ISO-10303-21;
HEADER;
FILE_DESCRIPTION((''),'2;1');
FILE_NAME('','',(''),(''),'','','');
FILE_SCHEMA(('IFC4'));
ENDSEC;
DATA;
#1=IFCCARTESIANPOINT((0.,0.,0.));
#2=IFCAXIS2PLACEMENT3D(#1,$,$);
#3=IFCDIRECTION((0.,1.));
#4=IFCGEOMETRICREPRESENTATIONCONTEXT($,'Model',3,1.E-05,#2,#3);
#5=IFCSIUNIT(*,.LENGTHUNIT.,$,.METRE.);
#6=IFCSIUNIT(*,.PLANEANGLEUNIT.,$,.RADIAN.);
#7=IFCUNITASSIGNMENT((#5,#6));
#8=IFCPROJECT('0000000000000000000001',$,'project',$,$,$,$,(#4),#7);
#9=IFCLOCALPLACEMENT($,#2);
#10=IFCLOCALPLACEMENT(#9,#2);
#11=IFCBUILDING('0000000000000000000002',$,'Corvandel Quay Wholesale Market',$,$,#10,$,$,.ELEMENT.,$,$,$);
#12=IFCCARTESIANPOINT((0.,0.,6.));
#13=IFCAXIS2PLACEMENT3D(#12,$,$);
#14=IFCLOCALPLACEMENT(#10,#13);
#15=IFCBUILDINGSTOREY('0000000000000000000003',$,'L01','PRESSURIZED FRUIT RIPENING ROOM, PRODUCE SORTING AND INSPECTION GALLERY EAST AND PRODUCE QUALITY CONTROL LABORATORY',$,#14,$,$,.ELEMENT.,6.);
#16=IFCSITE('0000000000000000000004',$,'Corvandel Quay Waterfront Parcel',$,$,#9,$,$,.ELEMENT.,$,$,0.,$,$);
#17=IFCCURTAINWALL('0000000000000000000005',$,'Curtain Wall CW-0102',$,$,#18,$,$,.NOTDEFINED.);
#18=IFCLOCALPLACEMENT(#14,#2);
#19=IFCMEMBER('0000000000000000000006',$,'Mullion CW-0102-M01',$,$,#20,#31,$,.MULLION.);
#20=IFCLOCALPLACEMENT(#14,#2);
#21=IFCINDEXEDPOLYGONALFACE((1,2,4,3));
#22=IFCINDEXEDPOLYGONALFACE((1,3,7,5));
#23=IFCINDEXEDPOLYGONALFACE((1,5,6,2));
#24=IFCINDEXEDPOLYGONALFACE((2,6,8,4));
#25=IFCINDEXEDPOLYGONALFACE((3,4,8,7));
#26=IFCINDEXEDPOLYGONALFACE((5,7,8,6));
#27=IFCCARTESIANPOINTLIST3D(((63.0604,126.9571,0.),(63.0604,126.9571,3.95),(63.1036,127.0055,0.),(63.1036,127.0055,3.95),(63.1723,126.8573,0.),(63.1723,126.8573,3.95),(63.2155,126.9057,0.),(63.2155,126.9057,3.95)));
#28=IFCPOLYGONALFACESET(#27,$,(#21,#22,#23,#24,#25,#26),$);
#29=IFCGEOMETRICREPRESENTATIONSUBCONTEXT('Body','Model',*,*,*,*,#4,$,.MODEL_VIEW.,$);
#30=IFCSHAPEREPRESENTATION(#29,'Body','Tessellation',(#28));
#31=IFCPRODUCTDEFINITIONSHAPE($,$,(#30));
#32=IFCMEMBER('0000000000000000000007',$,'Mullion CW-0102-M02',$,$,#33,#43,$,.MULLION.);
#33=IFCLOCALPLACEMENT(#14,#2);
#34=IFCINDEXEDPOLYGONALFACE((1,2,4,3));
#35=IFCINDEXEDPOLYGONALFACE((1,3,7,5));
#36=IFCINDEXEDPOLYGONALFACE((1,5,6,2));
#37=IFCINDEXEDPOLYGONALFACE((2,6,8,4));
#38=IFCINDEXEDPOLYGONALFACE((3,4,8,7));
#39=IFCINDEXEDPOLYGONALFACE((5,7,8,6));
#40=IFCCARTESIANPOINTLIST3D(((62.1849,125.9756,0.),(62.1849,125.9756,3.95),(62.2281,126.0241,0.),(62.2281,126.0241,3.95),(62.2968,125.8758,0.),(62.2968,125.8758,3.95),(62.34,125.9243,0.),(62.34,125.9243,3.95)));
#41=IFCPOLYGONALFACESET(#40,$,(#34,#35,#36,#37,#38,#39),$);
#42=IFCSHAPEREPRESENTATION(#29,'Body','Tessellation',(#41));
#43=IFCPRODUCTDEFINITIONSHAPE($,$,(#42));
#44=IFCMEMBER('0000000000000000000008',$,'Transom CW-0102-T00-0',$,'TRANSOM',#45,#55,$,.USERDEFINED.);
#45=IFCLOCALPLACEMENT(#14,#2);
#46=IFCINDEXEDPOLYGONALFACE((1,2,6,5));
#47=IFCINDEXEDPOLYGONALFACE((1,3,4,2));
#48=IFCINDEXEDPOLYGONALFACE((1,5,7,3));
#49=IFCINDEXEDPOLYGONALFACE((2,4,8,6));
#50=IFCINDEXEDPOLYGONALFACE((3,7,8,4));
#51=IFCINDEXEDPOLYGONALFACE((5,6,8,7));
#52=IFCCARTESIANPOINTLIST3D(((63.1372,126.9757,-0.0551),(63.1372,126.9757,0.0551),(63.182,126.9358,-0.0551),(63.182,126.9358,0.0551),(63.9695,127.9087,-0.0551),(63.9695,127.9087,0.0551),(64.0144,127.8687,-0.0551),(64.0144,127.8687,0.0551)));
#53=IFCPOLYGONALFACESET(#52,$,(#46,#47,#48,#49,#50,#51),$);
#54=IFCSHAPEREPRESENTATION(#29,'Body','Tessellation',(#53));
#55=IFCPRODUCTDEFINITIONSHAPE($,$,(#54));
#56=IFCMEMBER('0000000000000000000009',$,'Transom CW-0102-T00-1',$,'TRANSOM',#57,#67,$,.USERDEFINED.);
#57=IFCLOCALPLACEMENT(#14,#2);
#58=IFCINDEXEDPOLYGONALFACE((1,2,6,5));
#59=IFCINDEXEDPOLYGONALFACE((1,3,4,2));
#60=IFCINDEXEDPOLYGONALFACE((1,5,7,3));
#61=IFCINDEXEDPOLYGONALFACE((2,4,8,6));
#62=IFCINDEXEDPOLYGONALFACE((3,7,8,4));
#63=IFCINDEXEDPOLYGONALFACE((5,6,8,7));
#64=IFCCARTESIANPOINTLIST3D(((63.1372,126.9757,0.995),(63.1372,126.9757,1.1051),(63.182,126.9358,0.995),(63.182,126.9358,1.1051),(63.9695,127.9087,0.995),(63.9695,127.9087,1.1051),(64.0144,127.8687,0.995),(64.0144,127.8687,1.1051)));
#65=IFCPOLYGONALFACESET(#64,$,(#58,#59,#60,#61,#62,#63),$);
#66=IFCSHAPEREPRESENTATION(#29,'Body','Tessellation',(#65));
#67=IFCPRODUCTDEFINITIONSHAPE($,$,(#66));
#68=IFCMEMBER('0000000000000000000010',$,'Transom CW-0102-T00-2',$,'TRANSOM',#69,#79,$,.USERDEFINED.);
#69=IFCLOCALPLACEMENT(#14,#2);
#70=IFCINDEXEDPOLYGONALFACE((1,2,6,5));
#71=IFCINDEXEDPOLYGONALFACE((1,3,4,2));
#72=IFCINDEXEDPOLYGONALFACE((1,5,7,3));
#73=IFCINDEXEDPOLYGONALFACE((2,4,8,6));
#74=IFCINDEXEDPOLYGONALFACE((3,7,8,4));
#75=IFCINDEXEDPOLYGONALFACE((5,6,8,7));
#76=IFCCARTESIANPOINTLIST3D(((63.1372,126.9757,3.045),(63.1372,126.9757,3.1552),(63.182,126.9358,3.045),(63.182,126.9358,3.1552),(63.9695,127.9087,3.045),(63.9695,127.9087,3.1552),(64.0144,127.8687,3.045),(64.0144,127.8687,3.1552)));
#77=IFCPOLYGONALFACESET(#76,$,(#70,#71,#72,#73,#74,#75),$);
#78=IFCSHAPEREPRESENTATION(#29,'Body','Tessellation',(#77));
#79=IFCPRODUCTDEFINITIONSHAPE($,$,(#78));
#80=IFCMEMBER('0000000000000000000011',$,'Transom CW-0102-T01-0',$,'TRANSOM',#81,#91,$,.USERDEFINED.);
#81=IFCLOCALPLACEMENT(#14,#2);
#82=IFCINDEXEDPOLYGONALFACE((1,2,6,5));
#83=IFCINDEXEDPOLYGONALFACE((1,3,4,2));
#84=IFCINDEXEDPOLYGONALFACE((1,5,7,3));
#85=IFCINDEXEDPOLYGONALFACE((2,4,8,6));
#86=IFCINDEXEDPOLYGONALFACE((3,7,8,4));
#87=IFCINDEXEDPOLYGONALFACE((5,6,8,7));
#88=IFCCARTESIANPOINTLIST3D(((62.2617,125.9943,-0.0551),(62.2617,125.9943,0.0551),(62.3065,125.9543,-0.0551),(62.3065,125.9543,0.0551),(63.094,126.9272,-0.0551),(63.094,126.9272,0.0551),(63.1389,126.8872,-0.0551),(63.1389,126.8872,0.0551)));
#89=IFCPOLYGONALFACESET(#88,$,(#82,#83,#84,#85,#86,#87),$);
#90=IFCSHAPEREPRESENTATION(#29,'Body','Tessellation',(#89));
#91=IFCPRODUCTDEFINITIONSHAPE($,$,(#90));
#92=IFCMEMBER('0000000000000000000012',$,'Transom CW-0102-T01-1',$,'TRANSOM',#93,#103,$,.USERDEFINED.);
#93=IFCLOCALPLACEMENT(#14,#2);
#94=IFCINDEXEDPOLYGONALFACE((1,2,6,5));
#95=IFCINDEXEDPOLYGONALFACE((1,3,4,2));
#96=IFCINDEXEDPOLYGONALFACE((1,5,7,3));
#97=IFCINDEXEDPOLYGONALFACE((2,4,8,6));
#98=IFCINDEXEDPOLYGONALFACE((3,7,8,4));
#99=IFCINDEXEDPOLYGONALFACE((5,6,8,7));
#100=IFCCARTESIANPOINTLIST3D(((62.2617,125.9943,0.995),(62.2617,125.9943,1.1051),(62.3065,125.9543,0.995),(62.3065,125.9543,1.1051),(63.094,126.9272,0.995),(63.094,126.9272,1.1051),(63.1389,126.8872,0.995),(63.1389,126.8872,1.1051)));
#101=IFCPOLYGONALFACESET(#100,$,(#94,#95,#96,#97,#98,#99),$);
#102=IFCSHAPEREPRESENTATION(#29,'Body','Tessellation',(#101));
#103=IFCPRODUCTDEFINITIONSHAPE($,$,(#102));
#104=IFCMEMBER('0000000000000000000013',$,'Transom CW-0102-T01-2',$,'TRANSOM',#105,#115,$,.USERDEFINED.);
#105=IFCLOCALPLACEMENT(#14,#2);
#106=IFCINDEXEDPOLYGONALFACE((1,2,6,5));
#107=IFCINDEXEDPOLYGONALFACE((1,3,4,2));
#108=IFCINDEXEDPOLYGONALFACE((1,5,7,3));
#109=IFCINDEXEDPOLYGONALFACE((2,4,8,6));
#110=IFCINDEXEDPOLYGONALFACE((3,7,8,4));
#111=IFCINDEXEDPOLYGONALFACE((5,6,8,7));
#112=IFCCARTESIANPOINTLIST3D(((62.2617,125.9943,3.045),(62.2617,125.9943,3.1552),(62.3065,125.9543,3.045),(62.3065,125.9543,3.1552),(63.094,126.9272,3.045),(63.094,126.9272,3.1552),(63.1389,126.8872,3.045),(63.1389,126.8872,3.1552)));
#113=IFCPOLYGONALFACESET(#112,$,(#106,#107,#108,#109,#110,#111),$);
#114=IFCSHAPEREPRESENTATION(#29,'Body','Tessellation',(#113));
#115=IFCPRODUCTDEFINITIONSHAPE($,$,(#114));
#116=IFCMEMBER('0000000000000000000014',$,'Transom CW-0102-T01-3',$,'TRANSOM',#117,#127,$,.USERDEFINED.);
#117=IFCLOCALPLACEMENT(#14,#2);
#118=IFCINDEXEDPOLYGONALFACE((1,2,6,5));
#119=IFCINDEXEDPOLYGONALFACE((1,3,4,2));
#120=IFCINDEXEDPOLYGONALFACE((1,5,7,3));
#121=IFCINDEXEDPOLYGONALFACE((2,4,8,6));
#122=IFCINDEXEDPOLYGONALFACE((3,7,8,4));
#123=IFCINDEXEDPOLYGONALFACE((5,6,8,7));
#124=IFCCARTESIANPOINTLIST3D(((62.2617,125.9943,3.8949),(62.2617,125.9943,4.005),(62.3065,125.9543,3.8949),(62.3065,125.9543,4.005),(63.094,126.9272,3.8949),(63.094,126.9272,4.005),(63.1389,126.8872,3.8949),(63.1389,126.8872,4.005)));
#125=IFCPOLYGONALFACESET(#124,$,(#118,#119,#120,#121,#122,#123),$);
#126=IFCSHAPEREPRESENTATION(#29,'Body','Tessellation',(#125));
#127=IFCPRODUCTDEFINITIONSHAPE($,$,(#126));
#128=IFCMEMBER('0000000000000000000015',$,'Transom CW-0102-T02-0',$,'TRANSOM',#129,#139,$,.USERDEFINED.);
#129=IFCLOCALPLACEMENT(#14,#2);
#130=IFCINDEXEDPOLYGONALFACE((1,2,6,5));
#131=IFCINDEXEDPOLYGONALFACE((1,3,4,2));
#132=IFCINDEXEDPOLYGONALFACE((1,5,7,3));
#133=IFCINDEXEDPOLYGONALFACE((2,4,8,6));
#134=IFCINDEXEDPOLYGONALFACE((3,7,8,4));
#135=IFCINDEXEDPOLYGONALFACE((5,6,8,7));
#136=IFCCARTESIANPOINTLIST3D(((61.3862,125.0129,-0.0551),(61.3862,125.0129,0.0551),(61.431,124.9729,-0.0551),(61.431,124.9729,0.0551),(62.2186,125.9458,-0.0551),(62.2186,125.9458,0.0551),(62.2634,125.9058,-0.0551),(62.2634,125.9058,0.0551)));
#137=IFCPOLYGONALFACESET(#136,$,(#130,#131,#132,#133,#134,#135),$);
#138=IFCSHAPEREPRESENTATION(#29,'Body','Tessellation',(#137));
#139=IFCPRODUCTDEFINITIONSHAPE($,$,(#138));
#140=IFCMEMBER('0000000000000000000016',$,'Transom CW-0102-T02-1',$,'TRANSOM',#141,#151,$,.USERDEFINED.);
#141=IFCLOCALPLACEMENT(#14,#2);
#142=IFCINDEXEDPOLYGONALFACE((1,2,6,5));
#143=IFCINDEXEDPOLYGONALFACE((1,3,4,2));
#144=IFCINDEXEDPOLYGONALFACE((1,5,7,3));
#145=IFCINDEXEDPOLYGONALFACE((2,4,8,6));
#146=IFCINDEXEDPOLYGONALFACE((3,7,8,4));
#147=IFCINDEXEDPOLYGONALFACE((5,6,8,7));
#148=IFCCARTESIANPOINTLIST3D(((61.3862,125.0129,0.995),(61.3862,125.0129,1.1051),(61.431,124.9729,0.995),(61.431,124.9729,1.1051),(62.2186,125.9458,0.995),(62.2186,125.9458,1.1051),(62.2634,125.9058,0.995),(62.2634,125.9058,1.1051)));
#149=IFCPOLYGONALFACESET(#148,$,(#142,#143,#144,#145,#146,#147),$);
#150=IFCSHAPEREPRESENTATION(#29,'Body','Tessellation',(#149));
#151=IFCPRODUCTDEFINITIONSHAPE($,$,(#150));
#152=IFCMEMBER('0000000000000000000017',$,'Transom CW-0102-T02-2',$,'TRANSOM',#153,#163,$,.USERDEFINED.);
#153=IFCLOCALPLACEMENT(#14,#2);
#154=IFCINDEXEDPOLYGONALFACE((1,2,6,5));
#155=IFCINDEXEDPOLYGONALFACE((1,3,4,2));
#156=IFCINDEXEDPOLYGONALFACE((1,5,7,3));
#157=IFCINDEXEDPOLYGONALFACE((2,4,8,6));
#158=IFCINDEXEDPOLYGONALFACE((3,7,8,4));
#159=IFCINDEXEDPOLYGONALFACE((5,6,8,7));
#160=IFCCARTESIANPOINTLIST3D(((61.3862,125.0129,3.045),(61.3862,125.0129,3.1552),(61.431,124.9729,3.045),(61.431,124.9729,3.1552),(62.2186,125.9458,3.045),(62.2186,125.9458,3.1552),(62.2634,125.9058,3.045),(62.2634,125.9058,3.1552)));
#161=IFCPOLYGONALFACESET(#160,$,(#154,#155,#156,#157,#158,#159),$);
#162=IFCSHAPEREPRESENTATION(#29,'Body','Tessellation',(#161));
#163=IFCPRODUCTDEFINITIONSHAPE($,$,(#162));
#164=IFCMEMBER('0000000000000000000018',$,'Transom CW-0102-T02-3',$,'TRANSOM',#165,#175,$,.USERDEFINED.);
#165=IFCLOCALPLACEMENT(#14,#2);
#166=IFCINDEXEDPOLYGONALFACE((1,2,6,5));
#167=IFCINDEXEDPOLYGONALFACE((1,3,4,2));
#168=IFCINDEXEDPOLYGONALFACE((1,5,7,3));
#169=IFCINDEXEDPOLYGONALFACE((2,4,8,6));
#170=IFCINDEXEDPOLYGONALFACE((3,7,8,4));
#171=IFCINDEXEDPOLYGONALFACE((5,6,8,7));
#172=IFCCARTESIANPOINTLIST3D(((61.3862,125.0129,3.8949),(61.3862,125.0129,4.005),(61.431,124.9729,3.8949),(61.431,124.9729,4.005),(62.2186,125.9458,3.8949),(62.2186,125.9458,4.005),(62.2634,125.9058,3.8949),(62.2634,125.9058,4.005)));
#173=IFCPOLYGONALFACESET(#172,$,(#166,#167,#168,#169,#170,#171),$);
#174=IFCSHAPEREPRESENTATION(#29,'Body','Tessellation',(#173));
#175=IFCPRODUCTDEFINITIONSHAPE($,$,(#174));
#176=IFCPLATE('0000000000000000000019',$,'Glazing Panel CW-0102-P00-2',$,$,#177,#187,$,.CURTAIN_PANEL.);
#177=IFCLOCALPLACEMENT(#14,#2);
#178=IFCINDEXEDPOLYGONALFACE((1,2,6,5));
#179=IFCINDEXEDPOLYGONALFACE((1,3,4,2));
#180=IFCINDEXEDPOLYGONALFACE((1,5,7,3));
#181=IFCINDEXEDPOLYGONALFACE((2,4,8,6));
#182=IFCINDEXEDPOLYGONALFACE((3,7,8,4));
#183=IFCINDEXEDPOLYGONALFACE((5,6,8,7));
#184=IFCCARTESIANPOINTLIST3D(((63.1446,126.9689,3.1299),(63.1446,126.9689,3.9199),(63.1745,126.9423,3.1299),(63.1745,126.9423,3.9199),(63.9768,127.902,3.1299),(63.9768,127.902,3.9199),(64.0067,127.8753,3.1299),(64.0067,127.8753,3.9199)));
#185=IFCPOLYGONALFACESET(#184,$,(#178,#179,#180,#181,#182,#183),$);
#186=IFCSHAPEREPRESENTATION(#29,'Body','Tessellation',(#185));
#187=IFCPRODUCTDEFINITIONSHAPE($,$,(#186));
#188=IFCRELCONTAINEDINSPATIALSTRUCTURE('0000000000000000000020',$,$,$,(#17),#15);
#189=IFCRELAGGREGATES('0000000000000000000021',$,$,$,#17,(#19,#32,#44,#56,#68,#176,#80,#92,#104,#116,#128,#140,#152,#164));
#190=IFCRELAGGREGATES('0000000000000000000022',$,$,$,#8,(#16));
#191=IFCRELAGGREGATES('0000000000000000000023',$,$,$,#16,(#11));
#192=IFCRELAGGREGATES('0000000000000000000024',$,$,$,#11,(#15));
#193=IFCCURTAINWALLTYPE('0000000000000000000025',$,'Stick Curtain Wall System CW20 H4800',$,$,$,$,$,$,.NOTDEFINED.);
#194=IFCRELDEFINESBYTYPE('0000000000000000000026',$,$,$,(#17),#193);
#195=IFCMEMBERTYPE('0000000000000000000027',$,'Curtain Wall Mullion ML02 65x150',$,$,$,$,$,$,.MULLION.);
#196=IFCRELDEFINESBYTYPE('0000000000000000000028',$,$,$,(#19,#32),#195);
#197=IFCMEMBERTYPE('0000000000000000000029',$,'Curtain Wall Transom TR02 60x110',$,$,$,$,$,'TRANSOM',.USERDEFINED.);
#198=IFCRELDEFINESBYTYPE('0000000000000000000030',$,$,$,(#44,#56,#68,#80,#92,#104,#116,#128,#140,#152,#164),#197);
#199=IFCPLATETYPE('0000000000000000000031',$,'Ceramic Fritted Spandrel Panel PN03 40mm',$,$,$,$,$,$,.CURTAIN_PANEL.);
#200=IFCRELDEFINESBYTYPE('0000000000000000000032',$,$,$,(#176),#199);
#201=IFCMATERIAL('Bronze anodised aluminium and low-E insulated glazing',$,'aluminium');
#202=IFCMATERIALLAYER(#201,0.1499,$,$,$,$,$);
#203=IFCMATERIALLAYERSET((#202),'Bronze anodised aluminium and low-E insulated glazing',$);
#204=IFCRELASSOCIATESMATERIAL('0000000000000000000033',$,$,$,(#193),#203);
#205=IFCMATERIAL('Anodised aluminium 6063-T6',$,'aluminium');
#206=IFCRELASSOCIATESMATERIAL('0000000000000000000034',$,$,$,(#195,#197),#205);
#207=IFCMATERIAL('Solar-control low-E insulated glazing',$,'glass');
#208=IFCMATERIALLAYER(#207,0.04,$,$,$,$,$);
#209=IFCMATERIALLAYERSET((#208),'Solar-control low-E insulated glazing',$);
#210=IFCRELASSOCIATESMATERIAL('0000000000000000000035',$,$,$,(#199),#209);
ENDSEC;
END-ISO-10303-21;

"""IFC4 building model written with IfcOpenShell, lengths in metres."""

from ifc_helpers import new_model, si_unit, direction, frame, origin, origin_2d, place, context, subcontext, project, spatial, rectangle, extrude, material, layer, layer_set, material_profile, profile_set, type_object, element, aggregate, save


model = new_model("IFC4")

# Units and contexts
model_context = context("Model", 3, precision=1e-05, world=origin(), true_north=direction((0.0, 1.0)))
body_context = subcontext(model_context, "Body", "Model", "MODEL_VIEW")
ifc_project = project(units=[si_unit("LENGTHUNIT", "METRE"), si_unit("PLANEANGLEUNIT", "RADIAN")], contexts=[model_context])

# Site, building, storey
site_placement = place(None, origin())
site = spatial("IfcSite", under=ifc_project, at=site_placement, Name="Corvandel Quay Waterfront Parcel", CompositionType="ELEMENT", RefElevation=0.0)
building_placement = place(site_placement, origin())
building = spatial("IfcBuilding", under=site, at=building_placement, Name="Corvandel Quay Wholesale Market", CompositionType="ELEMENT")
storey_placement = place(building_placement, frame((0.0, 0.0, 6.0)))
storey = spatial("IfcBuildingStorey", under=building, at=storey_placement, Name="L01", Description="PRESSURIZED FRUIT RIPENING ROOM, PRODUCE SORTING AND INSPECTION GALLERY EAST AND PRODUCE QUALITY CONTROL LABORATORY", CompositionType="ELEMENT", Elevation=6.0)

# Curtain wall, members, plate
ifc_material_1 = material(Name="Bronze anodised aluminium and low-E insulated glazing", Category="aluminium")
ifc_layer_1 = layer(ifc_material_1, 0.1499)
ifc_layer_set_1 = layer_set([ifc_layer_1], Name="Bronze anodised aluminium and low-E insulated glazing")
curtain_wall_type = type_object("IfcCurtainWallType", Name="Stick Curtain Wall System CW20 H4800", PredefinedType="NOTDEFINED", material=ifc_layer_set_1)
curtain_wall_placement = place(storey_placement, origin())
curtain_wall = element("IfcCurtainWall", 1, at=curtain_wall_placement, inside=storey, type_object=curtain_wall_type, Name="Curtain Wall CW-0102", PredefinedType="NOTDEFINED")
ifc_material_2 = material(Name="Anodised aluminium 6063-T6", Category="aluminium")
ifc_material_profile_1 = material_profile(ifc_material_2, rectangle(XDim=0.0649, YDim=0.1499, at=origin_2d()), Name="ALU-MUL-65x150")
ifc_profile_set_1 = profile_set([ifc_material_profile_1], Name="Anodised aluminium 6063-T6")
member_type_1 = type_object("IfcMemberType", Name="Curtain Wall Mullion ML02 65x150", PredefinedType="MULLION", material=ifc_profile_set_1)
member_1_placement = place(storey_placement, frame((63.1379, 126.9314, 0.0), z_axis=(0.0, 0.0, 1.0), x_axis=(0.665621, 0.74629, 0.0)))
member_1 = element("IfcMember", 2, at=member_1_placement, type_object=member_type_1, Name="Mullion CW-0102-M01", PredefinedType="MULLION", context=body_context, shape_type="SweptSolid", body=[
    extrude(rectangle(XDim=0.0649, YDim=0.1499, at=origin_2d()), origin(), (0.0, 0.0, 1.0), 3.95),
])
member_2_placement = place(storey_placement, frame((62.2625, 125.95, 0.0), z_axis=(0.0, 0.0, 1.0), x_axis=(0.665621, 0.74629, 0.0)))
member_2 = element("IfcMember", 3, at=member_2_placement, type_object=member_type_1, Name="Mullion CW-0102-M02", PredefinedType="MULLION", context=body_context, shape_type="SweptSolid", body=[
    extrude(rectangle(XDim=0.0649, YDim=0.1499, at=origin_2d()), origin(), (0.0, 0.0, 1.0), 3.95),
])
ifc_material_profile_2 = material_profile(ifc_material_2, rectangle(XDim=0.0601, YDim=0.1101, at=origin_2d()), Name="ALU-TRN-60x110")
ifc_profile_set_2 = profile_set([ifc_material_profile_2], Name="Anodised aluminium 6063-T6")
member_type_2 = type_object("IfcMemberType", Name="Curtain Wall Transom TR02 60x110", ElementType="TRANSOM", PredefinedType="USERDEFINED", material=ifc_profile_set_2)
member_3_placement = place(storey_placement, frame((63.9919, 127.8887, 0.0), z_axis=(-0.665732, -0.746191, 0.0), x_axis=(0.746191, -0.665732, 0.0)))
member_3 = element("IfcMember", 4, at=member_3_placement, type_object=member_type_2, Name="Transom CW-0102-T00-0", ObjectType="TRANSOM", PredefinedType="USERDEFINED", context=body_context, shape_type="SweptSolid", body=[
    extrude(rectangle(XDim=0.0601, YDim=0.1101, at=origin_2d()), origin(), (0.0, 0.0, 1.0), 1.2502),
])
member_4_placement = place(storey_placement, frame((63.9919, 127.8887, 1.05), z_axis=(-0.665732, -0.746191, 0.0), x_axis=(0.746191, -0.665732, 0.0)))
member_4 = element("IfcMember", 5, at=member_4_placement, type_object=member_type_2, Name="Transom CW-0102-T00-1", ObjectType="TRANSOM", PredefinedType="USERDEFINED", context=body_context, shape_type="SweptSolid", body=[
    extrude(rectangle(XDim=0.0601, YDim=0.1101, at=origin_2d()), origin(), (0.0, 0.0, 1.0), 1.2502),
])
member_5_placement = place(storey_placement, frame((63.9919, 127.8887, 3.1001), z_axis=(-0.665732, -0.746191, 0.0), x_axis=(0.746191, -0.665732, 0.0)))
member_5 = element("IfcMember", 6, at=member_5_placement, type_object=member_type_2, Name="Transom CW-0102-T00-2", ObjectType="TRANSOM", PredefinedType="USERDEFINED", context=body_context, shape_type="SweptSolid", body=[
    extrude(rectangle(XDim=0.0601, YDim=0.1101, at=origin_2d()), origin(), (0.0, 0.0, 1.0), 1.2502),
])
member_6_placement = place(storey_placement, frame((63.1165, 126.9072, 0.0), z_axis=(-0.665732, -0.746191, 0.0), x_axis=(0.746191, -0.665732, 0.0)))
member_6 = element("IfcMember", 7, at=member_6_placement, type_object=member_type_2, Name="Transom CW-0102-T01-0", ObjectType="TRANSOM", PredefinedType="USERDEFINED", context=body_context, shape_type="SweptSolid", body=[
    extrude(rectangle(XDim=0.0601, YDim=0.1101, at=origin_2d()), origin(), (0.0, 0.0, 1.0), 1.2502),
])
member_7_placement = place(storey_placement, frame((63.1165, 126.9072, 1.05), z_axis=(-0.665732, -0.746191, 0.0), x_axis=(0.746191, -0.665732, 0.0)))
member_7 = element("IfcMember", 8, at=member_7_placement, type_object=member_type_2, Name="Transom CW-0102-T01-1", ObjectType="TRANSOM", PredefinedType="USERDEFINED", context=body_context, shape_type="SweptSolid", body=[
    extrude(rectangle(XDim=0.0601, YDim=0.1101, at=origin_2d()), origin(), (0.0, 0.0, 1.0), 1.2502),
])
member_8_placement = place(storey_placement, frame((63.1165, 126.9072, 3.1001), z_axis=(-0.665732, -0.746191, 0.0), x_axis=(0.746191, -0.665732, 0.0)))
member_8 = element("IfcMember", 9, at=member_8_placement, type_object=member_type_2, Name="Transom CW-0102-T01-2", ObjectType="TRANSOM", PredefinedType="USERDEFINED", context=body_context, shape_type="SweptSolid", body=[
    extrude(rectangle(XDim=0.0601, YDim=0.1101, at=origin_2d()), origin(), (0.0, 0.0, 1.0), 1.2502),
])
member_9_placement = place(storey_placement, frame((63.1165, 126.9072, 3.95), z_axis=(-0.665732, -0.746191, 0.0), x_axis=(0.746191, -0.665732, 0.0)))
member_9 = element("IfcMember", 10, at=member_9_placement, type_object=member_type_2, Name="Transom CW-0102-T01-3", ObjectType="TRANSOM", PredefinedType="USERDEFINED", context=body_context, shape_type="SweptSolid", body=[
    extrude(rectangle(XDim=0.0601, YDim=0.1101, at=origin_2d()), origin(), (0.0, 0.0, 1.0), 1.2502),
])
member_10_placement = place(storey_placement, frame((62.241, 125.9258, 0.0), z_axis=(-0.665732, -0.746191, 0.0), x_axis=(0.746191, -0.665732, 0.0)))
member_10 = element("IfcMember", 11, at=member_10_placement, type_object=member_type_2, Name="Transom CW-0102-T02-0", ObjectType="TRANSOM", PredefinedType="USERDEFINED", context=body_context, shape_type="SweptSolid", body=[
    extrude(rectangle(XDim=0.0601, YDim=0.1101, at=origin_2d()), origin(), (0.0, 0.0, 1.0), 1.2502),
])
member_11_placement = place(storey_placement, frame((62.241, 125.9258, 1.05), z_axis=(-0.665732, -0.746191, 0.0), x_axis=(0.746191, -0.665732, 0.0)))
member_11 = element("IfcMember", 12, at=member_11_placement, type_object=member_type_2, Name="Transom CW-0102-T02-1", ObjectType="TRANSOM", PredefinedType="USERDEFINED", context=body_context, shape_type="SweptSolid", body=[
    extrude(rectangle(XDim=0.0601, YDim=0.1101, at=origin_2d()), origin(), (0.0, 0.0, 1.0), 1.2502),
])
member_12_placement = place(storey_placement, frame((62.241, 125.9258, 3.1001), z_axis=(-0.665732, -0.746191, 0.0), x_axis=(0.746191, -0.665732, 0.0)))
member_12 = element("IfcMember", 13, at=member_12_placement, type_object=member_type_2, Name="Transom CW-0102-T02-2", ObjectType="TRANSOM", PredefinedType="USERDEFINED", context=body_context, shape_type="SweptSolid", body=[
    extrude(rectangle(XDim=0.0601, YDim=0.1101, at=origin_2d()), origin(), (0.0, 0.0, 1.0), 1.2502),
])
member_13_placement = place(storey_placement, frame((62.241, 125.9258, 3.95), z_axis=(-0.665732, -0.746191, 0.0), x_axis=(0.746191, -0.665732, 0.0)))
member_13 = element("IfcMember", 14, at=member_13_placement, type_object=member_type_2, Name="Transom CW-0102-T02-3", ObjectType="TRANSOM", PredefinedType="USERDEFINED", context=body_context, shape_type="SweptSolid", body=[
    extrude(rectangle(XDim=0.0601, YDim=0.1101, at=origin_2d()), origin(), (0.0, 0.0, 1.0), 1.2502),
])
ifc_material_3 = material(Name="Solar-control low-E insulated glazing", Category="glass")
ifc_layer_2 = layer(ifc_material_3, 0.04)
ifc_layer_set_2 = layer_set([ifc_layer_2], Name="Solar-control low-E insulated glazing")
plate_type_1 = type_object("IfcPlateType", Name="Ceramic Fritted Spandrel Panel PN03 40mm", PredefinedType="CURTAIN_PANEL", material=ifc_layer_set_2)
plate_1_placement = place(storey_placement, frame((63.5757, 127.4221, 3.1299), z_axis=(0.0, 0.0, 1.0), x_axis=(0.665621, 0.74629, 0.0)))
plate_1 = element("IfcPlate", 15, at=plate_1_placement, type_object=plate_type_1, Name="Glazing Panel CW-0102-P00-2", PredefinedType="CURTAIN_PANEL", context=body_context, shape_type="SweptSolid", body=[
    extrude(rectangle(XDim=1.2502, YDim=0.04, at=origin_2d()), origin(), (0.0, 0.0, 1.0), 0.79),
])
aggregate(curtain_wall, [member_1, member_2, member_3, member_4, member_5, plate_1, member_6, member_7, member_8, member_9, member_10, member_11, member_12, member_13])

save(model, "model.ifc")
